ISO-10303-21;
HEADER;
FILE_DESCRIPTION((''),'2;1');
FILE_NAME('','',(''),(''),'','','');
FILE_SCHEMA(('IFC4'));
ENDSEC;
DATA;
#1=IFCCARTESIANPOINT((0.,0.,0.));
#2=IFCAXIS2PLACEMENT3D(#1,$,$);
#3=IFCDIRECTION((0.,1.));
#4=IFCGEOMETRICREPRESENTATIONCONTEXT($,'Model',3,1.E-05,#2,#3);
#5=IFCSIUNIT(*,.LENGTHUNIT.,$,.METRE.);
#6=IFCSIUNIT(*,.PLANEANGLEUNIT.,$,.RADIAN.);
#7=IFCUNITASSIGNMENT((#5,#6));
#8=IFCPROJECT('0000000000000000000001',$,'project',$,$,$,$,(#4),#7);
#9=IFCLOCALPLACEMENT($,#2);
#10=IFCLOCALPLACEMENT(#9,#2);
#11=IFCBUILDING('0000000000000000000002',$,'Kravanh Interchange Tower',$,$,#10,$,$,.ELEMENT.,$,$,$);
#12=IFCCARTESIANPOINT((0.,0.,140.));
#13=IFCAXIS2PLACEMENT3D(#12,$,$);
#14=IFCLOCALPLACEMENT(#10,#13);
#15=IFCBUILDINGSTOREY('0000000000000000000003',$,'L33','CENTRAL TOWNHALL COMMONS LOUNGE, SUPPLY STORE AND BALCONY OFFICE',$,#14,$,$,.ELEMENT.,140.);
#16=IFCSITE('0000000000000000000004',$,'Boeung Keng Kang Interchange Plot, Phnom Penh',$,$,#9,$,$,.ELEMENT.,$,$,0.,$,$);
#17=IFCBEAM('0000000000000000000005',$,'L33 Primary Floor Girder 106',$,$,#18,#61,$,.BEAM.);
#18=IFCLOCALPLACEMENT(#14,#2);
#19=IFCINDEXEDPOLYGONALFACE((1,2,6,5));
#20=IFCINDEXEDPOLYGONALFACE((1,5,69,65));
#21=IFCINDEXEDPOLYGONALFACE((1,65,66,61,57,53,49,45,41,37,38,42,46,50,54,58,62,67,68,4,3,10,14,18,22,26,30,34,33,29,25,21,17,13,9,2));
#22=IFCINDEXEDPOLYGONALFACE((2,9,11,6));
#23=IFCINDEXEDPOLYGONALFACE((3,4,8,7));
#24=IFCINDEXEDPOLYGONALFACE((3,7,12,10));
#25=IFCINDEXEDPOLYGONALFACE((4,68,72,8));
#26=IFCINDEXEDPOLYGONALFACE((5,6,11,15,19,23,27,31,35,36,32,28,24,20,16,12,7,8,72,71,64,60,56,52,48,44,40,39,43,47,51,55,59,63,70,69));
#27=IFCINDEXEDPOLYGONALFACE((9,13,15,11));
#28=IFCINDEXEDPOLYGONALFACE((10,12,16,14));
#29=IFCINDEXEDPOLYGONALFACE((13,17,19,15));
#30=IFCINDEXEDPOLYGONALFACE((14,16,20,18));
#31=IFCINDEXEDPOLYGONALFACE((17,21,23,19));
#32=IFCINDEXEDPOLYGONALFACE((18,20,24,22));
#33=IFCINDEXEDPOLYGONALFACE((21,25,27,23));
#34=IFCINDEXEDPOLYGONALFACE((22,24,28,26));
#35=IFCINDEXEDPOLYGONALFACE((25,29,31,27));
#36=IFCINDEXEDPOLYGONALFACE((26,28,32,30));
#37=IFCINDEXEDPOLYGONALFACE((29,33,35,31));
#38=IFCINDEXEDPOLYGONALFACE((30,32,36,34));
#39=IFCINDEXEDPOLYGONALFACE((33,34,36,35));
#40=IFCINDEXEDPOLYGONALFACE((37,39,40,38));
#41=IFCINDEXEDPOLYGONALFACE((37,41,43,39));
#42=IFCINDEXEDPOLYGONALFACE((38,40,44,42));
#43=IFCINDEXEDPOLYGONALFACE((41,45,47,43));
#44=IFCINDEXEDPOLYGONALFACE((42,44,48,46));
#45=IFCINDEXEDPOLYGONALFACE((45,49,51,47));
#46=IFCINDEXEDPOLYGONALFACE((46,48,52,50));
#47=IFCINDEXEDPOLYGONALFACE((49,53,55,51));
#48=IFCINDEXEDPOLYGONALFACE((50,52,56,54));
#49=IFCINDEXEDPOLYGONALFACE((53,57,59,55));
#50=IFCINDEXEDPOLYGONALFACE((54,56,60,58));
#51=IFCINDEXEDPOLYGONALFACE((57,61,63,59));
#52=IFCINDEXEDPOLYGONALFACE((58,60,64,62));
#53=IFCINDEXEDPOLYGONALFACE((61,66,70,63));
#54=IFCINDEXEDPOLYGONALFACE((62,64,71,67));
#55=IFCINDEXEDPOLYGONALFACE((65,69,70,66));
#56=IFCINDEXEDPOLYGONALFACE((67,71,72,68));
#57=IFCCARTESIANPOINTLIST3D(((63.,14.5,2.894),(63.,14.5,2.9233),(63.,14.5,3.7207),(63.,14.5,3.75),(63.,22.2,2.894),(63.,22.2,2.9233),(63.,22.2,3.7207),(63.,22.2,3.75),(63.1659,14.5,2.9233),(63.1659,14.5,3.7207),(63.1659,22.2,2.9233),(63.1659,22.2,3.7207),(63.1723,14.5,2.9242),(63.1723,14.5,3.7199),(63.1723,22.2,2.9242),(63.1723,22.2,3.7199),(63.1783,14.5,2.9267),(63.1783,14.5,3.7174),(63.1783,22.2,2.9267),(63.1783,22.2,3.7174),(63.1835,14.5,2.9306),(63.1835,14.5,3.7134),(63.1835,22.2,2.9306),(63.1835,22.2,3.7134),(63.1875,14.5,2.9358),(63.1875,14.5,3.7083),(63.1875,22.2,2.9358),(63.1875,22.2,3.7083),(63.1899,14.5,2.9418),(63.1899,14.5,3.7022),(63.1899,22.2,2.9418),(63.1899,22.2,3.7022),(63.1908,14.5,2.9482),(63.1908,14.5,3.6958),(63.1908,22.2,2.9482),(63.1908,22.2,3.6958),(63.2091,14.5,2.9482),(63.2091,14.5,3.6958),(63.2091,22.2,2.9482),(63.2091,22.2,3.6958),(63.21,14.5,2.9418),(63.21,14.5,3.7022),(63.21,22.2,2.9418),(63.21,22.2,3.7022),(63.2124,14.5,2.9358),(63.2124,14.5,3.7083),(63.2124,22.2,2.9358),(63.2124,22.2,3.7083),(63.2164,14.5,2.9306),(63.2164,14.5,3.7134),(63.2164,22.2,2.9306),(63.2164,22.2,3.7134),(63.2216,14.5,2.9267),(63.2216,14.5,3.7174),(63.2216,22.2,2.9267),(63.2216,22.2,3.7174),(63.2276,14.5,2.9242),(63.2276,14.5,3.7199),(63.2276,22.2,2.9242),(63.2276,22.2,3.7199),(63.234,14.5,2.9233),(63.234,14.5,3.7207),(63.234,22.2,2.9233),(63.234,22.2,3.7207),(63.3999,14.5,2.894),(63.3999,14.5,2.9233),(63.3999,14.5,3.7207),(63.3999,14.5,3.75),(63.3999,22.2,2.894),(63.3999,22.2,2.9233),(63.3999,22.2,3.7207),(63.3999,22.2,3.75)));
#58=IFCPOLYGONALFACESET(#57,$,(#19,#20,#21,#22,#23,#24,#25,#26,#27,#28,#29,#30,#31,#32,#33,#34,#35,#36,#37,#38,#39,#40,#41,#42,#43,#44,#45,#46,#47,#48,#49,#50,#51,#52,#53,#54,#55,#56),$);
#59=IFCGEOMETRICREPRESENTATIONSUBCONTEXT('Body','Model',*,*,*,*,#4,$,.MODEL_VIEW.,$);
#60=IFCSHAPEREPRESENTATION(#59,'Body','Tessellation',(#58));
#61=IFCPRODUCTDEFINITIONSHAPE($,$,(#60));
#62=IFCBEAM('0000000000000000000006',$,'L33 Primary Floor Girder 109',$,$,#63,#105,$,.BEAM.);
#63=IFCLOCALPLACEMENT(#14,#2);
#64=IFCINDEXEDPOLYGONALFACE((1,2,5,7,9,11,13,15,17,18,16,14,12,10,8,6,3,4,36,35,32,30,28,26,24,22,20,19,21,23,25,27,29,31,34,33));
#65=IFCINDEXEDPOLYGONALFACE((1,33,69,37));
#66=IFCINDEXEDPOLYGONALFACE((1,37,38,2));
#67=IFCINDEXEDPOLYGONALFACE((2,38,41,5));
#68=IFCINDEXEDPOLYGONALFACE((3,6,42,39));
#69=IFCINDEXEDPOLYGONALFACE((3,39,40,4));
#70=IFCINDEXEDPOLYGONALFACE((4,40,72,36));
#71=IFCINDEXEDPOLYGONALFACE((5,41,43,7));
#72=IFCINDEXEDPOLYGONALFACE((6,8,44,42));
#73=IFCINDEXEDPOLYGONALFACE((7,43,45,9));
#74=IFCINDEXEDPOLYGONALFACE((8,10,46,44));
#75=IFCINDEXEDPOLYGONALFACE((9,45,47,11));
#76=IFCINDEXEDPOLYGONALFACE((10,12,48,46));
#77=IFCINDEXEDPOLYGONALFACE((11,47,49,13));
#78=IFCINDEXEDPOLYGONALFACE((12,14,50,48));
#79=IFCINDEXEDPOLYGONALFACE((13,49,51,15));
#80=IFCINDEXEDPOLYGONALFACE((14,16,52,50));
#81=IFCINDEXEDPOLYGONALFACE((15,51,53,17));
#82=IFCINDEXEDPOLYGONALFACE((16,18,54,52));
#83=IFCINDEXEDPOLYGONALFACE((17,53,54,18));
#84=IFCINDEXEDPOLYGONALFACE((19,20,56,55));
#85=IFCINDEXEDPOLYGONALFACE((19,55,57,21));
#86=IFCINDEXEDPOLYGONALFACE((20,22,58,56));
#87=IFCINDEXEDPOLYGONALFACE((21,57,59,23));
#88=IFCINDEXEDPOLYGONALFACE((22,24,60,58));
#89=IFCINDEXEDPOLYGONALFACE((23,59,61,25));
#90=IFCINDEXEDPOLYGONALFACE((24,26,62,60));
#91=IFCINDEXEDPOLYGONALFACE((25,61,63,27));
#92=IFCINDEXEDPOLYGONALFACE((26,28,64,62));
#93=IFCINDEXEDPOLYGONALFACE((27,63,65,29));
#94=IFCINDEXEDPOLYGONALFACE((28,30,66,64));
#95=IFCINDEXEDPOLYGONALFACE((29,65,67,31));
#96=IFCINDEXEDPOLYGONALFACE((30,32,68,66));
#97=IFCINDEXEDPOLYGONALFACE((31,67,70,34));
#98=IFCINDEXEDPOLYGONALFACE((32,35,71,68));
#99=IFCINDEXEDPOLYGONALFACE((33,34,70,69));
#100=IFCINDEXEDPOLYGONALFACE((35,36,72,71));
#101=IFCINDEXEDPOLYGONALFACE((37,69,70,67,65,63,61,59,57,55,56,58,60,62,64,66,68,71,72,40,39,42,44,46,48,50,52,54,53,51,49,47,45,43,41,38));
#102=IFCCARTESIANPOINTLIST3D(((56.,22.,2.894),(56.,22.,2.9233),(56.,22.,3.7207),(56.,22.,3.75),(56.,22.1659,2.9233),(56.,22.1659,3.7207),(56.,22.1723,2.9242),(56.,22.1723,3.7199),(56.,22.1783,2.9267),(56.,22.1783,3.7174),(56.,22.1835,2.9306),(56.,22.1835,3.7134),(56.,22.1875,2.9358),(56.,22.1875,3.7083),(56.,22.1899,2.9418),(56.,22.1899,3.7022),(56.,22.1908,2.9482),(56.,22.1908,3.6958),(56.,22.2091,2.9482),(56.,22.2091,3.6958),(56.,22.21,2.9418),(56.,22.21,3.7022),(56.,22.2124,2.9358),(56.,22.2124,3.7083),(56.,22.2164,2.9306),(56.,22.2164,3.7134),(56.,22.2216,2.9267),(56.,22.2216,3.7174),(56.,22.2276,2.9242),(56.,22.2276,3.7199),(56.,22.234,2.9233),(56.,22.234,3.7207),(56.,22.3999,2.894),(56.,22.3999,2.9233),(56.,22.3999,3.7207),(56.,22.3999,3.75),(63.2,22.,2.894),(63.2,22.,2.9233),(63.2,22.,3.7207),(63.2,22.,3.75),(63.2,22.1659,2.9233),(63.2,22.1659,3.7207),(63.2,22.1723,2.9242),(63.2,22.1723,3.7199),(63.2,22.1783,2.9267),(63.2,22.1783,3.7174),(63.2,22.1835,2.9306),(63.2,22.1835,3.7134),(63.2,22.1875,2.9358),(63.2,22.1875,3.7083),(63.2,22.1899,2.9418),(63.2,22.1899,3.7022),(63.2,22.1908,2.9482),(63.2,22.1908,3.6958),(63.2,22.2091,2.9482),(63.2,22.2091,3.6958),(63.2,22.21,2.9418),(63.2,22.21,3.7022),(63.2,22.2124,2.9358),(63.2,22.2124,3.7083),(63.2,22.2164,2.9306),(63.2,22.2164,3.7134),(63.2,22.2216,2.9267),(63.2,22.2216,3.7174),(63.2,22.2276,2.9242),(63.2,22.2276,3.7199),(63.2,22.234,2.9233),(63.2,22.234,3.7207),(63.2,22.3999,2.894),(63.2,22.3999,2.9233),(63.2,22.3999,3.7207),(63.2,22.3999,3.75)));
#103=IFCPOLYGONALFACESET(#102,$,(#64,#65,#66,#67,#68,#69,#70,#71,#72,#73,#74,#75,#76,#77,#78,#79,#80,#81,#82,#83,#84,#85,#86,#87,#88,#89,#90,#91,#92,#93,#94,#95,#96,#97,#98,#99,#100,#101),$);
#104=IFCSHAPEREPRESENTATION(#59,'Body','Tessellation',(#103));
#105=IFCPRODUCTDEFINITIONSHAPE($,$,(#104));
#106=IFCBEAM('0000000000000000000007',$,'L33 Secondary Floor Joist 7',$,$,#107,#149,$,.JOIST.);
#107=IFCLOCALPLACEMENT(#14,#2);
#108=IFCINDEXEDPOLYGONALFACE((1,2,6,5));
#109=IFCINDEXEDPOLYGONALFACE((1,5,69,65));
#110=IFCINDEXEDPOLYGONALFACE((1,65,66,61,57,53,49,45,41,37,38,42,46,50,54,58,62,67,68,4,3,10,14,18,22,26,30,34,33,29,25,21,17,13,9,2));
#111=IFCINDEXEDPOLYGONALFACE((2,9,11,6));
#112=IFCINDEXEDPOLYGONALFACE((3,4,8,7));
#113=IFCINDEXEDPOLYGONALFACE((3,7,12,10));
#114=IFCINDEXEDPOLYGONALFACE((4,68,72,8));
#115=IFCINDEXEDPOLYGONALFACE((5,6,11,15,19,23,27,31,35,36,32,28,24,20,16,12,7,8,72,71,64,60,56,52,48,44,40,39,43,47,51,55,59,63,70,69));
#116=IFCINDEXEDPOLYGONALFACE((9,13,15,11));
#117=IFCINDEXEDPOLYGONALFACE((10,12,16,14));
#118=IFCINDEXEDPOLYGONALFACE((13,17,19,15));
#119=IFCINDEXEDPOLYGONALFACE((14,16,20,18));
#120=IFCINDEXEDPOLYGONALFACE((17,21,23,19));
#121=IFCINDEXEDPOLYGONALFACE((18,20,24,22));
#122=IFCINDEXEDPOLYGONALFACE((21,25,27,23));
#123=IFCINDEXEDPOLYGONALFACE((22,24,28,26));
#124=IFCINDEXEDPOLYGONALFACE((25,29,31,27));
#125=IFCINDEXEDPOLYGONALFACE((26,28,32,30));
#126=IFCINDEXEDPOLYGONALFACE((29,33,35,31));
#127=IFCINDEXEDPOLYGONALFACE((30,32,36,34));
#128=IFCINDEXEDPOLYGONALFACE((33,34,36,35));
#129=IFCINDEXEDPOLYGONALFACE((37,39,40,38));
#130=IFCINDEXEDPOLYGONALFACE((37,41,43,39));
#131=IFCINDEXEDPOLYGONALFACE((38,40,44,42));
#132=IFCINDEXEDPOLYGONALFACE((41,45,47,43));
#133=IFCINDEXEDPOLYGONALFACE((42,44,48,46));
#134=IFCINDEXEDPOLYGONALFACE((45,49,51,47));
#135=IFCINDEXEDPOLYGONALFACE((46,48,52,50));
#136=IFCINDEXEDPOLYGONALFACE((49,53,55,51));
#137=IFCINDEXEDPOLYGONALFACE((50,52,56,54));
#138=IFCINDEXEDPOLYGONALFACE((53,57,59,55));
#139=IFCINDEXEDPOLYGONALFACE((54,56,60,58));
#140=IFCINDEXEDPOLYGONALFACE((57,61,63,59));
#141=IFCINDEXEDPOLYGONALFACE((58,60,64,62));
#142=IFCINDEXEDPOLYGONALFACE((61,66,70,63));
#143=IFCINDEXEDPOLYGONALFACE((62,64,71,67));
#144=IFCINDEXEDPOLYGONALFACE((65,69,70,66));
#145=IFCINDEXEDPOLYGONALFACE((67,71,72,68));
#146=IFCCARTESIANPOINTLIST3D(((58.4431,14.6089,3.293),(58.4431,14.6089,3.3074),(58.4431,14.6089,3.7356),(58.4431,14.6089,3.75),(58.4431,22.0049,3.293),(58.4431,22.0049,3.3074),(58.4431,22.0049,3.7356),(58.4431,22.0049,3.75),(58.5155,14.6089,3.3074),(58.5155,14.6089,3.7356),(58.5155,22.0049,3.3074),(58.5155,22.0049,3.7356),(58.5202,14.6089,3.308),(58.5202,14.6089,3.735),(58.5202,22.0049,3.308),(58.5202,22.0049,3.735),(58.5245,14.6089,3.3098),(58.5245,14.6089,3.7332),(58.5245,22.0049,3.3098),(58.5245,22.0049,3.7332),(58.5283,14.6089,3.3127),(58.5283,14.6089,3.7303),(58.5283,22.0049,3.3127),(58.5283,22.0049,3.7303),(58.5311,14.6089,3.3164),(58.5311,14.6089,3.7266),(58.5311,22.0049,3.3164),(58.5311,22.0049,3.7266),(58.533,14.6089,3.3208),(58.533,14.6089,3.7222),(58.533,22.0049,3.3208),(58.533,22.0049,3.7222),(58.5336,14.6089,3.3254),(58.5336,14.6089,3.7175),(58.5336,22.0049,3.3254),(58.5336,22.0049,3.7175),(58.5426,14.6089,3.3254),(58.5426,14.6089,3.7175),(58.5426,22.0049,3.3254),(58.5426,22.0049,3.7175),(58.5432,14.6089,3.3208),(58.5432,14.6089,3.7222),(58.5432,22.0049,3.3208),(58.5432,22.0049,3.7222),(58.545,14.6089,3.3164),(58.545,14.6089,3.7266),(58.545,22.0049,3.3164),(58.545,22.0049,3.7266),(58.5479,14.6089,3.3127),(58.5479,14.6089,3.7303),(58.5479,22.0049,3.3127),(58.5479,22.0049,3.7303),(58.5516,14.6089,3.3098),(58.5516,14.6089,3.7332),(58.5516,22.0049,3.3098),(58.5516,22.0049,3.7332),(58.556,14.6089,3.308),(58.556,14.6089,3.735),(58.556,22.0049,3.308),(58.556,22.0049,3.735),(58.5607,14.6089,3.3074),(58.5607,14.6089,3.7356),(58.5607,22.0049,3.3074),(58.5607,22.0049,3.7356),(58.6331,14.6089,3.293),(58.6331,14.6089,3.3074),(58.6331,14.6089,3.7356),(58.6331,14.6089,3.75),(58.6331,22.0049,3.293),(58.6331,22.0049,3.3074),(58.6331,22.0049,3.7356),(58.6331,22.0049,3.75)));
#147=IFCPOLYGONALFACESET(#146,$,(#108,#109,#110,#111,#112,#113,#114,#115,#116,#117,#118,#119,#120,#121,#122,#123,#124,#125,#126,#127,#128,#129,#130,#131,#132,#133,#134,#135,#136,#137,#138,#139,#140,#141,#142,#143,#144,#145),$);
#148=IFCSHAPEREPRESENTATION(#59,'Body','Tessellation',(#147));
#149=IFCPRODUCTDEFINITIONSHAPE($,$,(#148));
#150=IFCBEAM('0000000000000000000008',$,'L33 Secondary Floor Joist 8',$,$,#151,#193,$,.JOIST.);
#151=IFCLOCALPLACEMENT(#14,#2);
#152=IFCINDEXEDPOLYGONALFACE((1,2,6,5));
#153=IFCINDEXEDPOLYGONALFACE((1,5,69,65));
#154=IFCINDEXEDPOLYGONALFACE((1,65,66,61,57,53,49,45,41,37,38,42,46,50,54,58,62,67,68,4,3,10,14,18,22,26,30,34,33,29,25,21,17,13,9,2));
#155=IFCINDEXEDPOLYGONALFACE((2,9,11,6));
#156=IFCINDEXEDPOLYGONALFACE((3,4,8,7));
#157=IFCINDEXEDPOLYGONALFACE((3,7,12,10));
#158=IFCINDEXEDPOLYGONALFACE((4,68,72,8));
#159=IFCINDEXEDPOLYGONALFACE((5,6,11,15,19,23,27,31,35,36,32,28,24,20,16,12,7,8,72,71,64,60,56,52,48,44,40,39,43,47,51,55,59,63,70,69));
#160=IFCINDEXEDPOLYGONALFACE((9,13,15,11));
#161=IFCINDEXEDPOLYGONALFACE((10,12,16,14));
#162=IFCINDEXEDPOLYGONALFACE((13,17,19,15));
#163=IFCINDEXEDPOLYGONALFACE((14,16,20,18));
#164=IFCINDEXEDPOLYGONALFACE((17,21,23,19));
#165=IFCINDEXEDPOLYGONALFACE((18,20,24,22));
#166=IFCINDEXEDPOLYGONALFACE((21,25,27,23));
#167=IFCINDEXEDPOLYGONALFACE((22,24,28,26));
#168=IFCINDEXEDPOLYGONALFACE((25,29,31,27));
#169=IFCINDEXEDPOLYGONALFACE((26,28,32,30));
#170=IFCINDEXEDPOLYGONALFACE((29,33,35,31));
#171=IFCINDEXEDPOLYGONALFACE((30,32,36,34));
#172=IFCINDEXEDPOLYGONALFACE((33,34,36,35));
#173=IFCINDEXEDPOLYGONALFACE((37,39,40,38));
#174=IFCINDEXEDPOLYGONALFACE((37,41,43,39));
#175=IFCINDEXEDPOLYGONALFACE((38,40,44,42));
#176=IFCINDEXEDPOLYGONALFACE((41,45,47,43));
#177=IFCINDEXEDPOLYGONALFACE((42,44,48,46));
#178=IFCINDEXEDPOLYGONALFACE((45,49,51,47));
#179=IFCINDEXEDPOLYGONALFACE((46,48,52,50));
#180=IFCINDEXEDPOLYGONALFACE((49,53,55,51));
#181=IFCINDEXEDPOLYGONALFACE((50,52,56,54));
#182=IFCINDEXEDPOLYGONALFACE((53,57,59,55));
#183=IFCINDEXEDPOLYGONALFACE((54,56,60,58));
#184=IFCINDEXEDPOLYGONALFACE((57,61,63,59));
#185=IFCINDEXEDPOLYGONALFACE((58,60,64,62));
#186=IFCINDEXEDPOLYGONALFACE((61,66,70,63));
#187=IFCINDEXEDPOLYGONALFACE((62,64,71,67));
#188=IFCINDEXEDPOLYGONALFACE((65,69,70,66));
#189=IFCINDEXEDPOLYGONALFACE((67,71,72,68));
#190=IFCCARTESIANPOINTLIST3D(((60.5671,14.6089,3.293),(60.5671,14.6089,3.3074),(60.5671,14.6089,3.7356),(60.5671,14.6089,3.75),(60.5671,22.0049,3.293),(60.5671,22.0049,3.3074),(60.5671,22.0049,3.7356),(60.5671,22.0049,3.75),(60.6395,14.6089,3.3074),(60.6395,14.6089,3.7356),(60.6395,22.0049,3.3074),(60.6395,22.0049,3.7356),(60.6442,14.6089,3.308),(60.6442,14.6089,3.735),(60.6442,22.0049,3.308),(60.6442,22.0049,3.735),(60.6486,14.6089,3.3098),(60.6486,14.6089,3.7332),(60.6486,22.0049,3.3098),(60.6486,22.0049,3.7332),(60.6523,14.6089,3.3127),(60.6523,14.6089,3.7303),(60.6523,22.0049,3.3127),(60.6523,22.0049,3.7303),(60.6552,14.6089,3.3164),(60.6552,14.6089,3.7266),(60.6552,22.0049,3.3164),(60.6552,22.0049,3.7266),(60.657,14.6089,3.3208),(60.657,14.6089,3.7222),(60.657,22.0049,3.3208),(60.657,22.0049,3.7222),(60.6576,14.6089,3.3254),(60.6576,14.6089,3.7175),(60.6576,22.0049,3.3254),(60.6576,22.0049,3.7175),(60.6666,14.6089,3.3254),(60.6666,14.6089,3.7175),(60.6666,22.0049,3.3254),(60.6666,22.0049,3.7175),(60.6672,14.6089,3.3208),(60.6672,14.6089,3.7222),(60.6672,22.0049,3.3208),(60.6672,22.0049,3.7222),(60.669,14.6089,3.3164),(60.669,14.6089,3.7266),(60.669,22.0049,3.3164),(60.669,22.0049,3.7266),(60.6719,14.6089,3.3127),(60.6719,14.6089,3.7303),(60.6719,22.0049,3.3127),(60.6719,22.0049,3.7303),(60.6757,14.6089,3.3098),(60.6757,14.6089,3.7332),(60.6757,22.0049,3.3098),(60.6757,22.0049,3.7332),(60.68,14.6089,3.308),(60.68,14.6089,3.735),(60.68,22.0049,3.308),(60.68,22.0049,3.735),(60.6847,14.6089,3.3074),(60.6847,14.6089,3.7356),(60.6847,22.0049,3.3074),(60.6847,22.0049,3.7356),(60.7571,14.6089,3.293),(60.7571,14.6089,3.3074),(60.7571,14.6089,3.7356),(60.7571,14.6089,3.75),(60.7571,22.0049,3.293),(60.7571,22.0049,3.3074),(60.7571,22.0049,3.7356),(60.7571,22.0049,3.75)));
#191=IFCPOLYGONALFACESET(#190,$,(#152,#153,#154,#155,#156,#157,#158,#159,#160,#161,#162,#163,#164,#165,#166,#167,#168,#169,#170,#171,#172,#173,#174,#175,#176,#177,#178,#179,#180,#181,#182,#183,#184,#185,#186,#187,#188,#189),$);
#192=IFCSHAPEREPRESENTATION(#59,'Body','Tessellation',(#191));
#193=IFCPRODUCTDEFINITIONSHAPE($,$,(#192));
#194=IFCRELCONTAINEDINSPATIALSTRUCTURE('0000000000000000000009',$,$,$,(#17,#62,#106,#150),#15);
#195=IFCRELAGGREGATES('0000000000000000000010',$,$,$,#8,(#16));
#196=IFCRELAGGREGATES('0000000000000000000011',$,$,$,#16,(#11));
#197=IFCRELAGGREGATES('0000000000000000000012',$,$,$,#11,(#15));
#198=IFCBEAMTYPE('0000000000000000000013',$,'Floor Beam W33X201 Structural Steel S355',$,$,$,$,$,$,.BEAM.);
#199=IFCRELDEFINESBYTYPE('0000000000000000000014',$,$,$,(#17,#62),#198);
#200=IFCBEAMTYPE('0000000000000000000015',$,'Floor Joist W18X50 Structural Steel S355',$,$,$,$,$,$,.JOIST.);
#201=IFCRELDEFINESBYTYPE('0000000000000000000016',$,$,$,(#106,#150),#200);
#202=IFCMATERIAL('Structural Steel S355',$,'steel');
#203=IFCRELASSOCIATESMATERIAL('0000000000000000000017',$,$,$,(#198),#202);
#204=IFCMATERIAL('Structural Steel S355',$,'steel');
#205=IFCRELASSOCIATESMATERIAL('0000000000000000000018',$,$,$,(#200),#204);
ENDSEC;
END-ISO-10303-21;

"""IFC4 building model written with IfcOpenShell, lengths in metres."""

from ifc_helpers import new_model, si_unit, direction, frame, origin, origin_2d, place, context, subcontext, project, spatial, i_section, extrude, material, material_profile, profile_set, type_object, element, save


model = new_model("IFC4")

# Units and contexts
model_context = context("Model", 3, precision=1e-05, world=origin(), true_north=direction((0.0, 1.0)))
body_context = subcontext(model_context, "Body", "Model", "MODEL_VIEW")
ifc_project = project(units=[si_unit("LENGTHUNIT", "METRE"), si_unit("PLANEANGLEUNIT", "RADIAN")], contexts=[model_context])

# Site, building, storey
site_placement = place(None, origin())
site = spatial("IfcSite", under=ifc_project, at=site_placement, Name="Boeung Keng Kang Interchange Plot, Phnom Penh", CompositionType="ELEMENT", RefElevation=0.0)
building_placement = place(site_placement, origin())
building = spatial("IfcBuilding", under=site, at=building_placement, Name="Kravanh Interchange Tower", CompositionType="ELEMENT")
storey_placement = place(building_placement, frame((0.0, 0.0, 140.0)))
storey = spatial("IfcBuildingStorey", under=building, at=storey_placement, Name="L33", Description="CENTRAL TOWNHALL COMMONS LOUNGE, SUPPLY STORE AND BALCONY OFFICE", CompositionType="ELEMENT", Elevation=140.0)

# Beams
ifc_material_1 = material(Name="Structural Steel S355", Category="steel")
ifc_material_profile_1 = material_profile(ifc_material_1, i_section(OverallWidth=0.3999, OverallDepth=0.856, WebThickness=0.0183, FlangeThickness=0.0293, FilletRadius=0.0249, at=origin_2d()), Name="W33X201")
ifc_profile_set_1 = profile_set([ifc_material_profile_1], Name="Structural Steel S355")
beam_type_1 = type_object("IfcBeamType", Name="Floor Beam W33X201 Structural Steel S355", PredefinedType="BEAM", material=ifc_profile_set_1)
beam_1_placement = place(storey_placement, frame((63.2, 14.5, 3.322), z_axis=(0.0, 1.0, 0.0), x_axis=(-1.0, 0.0, 0.0)))
element("IfcBeam", 1, at=beam_1_placement, inside=storey, type_object=beam_type_1, Name="L33 Primary Floor Girder 106", PredefinedType="BEAM", context=body_context, shape_type="SweptSolid", body=[
    extrude(i_section(OverallWidth=0.3999, OverallDepth=0.856, WebThickness=0.0183, FlangeThickness=0.0293, FilletRadius=0.0249, at=origin_2d()), origin(), (0.0, 0.0, 1.0), 7.7),
])
beam_2_placement = place(storey_placement, frame((56.0, 22.2, 3.322), z_axis=(1.0, 0.0, 0.0), x_axis=(0.0, 1.0, 0.0)))
element("IfcBeam", 2, at=beam_2_placement, inside=storey, type_object=beam_type_1, Name="L33 Primary Floor Girder 109", PredefinedType="BEAM", context=body_context, shape_type="SweptSolid", body=[
    extrude(i_section(OverallWidth=0.3999, OverallDepth=0.856, WebThickness=0.0183, FlangeThickness=0.0293, FilletRadius=0.0249, at=origin_2d()), origin(), (0.0, 0.0, 1.0), 7.2),
])
ifc_material_2 = material(Name="Structural Steel S355", Category="steel")
ifc_material_profile_2 = material_profile(ifc_material_2, i_section(OverallWidth=0.1899, OverallDepth=0.457, WebThickness=0.009, FlangeThickness=0.0144, FilletRadius=0.0181, at=origin_2d()), Name="W18X50")
ifc_profile_set_2 = profile_set([ifc_material_profile_2], Name="Structural Steel S355")
beam_type_2 = type_object("IfcBeamType", Name="Floor Joist W18X50 Structural Steel S355", PredefinedType="JOIST", material=ifc_profile_set_2)
for number, where, z_axis, x_axis, name in (
    (3, (58.5381, 14.6089, 3.5215), (0.0, 1.0, 0.0), (-1.0, 0.0, 0.0), "L33 Secondary Floor Joist 7"),
    (4, (60.6621, 14.6089, 3.5215), (0.0, 1.0, 0.0), (-1.0, 0.0, 0.0), "L33 Secondary Floor Joist 8"),
):
    element("IfcBeam", number, at=place(storey_placement, frame(where, z_axis=z_axis, x_axis=x_axis)), inside=storey, type_object=beam_type_2, Name=name, PredefinedType="JOIST", context=body_context, shape_type="SweptSolid", body=[
        extrude(i_section(OverallWidth=0.1899, OverallDepth=0.457, WebThickness=0.009, FlangeThickness=0.0144, FilletRadius=0.0181, at=origin_2d()), origin(), (0.0, 0.0, 1.0), 7.396),
    ])

save(model, "model.ifc")
